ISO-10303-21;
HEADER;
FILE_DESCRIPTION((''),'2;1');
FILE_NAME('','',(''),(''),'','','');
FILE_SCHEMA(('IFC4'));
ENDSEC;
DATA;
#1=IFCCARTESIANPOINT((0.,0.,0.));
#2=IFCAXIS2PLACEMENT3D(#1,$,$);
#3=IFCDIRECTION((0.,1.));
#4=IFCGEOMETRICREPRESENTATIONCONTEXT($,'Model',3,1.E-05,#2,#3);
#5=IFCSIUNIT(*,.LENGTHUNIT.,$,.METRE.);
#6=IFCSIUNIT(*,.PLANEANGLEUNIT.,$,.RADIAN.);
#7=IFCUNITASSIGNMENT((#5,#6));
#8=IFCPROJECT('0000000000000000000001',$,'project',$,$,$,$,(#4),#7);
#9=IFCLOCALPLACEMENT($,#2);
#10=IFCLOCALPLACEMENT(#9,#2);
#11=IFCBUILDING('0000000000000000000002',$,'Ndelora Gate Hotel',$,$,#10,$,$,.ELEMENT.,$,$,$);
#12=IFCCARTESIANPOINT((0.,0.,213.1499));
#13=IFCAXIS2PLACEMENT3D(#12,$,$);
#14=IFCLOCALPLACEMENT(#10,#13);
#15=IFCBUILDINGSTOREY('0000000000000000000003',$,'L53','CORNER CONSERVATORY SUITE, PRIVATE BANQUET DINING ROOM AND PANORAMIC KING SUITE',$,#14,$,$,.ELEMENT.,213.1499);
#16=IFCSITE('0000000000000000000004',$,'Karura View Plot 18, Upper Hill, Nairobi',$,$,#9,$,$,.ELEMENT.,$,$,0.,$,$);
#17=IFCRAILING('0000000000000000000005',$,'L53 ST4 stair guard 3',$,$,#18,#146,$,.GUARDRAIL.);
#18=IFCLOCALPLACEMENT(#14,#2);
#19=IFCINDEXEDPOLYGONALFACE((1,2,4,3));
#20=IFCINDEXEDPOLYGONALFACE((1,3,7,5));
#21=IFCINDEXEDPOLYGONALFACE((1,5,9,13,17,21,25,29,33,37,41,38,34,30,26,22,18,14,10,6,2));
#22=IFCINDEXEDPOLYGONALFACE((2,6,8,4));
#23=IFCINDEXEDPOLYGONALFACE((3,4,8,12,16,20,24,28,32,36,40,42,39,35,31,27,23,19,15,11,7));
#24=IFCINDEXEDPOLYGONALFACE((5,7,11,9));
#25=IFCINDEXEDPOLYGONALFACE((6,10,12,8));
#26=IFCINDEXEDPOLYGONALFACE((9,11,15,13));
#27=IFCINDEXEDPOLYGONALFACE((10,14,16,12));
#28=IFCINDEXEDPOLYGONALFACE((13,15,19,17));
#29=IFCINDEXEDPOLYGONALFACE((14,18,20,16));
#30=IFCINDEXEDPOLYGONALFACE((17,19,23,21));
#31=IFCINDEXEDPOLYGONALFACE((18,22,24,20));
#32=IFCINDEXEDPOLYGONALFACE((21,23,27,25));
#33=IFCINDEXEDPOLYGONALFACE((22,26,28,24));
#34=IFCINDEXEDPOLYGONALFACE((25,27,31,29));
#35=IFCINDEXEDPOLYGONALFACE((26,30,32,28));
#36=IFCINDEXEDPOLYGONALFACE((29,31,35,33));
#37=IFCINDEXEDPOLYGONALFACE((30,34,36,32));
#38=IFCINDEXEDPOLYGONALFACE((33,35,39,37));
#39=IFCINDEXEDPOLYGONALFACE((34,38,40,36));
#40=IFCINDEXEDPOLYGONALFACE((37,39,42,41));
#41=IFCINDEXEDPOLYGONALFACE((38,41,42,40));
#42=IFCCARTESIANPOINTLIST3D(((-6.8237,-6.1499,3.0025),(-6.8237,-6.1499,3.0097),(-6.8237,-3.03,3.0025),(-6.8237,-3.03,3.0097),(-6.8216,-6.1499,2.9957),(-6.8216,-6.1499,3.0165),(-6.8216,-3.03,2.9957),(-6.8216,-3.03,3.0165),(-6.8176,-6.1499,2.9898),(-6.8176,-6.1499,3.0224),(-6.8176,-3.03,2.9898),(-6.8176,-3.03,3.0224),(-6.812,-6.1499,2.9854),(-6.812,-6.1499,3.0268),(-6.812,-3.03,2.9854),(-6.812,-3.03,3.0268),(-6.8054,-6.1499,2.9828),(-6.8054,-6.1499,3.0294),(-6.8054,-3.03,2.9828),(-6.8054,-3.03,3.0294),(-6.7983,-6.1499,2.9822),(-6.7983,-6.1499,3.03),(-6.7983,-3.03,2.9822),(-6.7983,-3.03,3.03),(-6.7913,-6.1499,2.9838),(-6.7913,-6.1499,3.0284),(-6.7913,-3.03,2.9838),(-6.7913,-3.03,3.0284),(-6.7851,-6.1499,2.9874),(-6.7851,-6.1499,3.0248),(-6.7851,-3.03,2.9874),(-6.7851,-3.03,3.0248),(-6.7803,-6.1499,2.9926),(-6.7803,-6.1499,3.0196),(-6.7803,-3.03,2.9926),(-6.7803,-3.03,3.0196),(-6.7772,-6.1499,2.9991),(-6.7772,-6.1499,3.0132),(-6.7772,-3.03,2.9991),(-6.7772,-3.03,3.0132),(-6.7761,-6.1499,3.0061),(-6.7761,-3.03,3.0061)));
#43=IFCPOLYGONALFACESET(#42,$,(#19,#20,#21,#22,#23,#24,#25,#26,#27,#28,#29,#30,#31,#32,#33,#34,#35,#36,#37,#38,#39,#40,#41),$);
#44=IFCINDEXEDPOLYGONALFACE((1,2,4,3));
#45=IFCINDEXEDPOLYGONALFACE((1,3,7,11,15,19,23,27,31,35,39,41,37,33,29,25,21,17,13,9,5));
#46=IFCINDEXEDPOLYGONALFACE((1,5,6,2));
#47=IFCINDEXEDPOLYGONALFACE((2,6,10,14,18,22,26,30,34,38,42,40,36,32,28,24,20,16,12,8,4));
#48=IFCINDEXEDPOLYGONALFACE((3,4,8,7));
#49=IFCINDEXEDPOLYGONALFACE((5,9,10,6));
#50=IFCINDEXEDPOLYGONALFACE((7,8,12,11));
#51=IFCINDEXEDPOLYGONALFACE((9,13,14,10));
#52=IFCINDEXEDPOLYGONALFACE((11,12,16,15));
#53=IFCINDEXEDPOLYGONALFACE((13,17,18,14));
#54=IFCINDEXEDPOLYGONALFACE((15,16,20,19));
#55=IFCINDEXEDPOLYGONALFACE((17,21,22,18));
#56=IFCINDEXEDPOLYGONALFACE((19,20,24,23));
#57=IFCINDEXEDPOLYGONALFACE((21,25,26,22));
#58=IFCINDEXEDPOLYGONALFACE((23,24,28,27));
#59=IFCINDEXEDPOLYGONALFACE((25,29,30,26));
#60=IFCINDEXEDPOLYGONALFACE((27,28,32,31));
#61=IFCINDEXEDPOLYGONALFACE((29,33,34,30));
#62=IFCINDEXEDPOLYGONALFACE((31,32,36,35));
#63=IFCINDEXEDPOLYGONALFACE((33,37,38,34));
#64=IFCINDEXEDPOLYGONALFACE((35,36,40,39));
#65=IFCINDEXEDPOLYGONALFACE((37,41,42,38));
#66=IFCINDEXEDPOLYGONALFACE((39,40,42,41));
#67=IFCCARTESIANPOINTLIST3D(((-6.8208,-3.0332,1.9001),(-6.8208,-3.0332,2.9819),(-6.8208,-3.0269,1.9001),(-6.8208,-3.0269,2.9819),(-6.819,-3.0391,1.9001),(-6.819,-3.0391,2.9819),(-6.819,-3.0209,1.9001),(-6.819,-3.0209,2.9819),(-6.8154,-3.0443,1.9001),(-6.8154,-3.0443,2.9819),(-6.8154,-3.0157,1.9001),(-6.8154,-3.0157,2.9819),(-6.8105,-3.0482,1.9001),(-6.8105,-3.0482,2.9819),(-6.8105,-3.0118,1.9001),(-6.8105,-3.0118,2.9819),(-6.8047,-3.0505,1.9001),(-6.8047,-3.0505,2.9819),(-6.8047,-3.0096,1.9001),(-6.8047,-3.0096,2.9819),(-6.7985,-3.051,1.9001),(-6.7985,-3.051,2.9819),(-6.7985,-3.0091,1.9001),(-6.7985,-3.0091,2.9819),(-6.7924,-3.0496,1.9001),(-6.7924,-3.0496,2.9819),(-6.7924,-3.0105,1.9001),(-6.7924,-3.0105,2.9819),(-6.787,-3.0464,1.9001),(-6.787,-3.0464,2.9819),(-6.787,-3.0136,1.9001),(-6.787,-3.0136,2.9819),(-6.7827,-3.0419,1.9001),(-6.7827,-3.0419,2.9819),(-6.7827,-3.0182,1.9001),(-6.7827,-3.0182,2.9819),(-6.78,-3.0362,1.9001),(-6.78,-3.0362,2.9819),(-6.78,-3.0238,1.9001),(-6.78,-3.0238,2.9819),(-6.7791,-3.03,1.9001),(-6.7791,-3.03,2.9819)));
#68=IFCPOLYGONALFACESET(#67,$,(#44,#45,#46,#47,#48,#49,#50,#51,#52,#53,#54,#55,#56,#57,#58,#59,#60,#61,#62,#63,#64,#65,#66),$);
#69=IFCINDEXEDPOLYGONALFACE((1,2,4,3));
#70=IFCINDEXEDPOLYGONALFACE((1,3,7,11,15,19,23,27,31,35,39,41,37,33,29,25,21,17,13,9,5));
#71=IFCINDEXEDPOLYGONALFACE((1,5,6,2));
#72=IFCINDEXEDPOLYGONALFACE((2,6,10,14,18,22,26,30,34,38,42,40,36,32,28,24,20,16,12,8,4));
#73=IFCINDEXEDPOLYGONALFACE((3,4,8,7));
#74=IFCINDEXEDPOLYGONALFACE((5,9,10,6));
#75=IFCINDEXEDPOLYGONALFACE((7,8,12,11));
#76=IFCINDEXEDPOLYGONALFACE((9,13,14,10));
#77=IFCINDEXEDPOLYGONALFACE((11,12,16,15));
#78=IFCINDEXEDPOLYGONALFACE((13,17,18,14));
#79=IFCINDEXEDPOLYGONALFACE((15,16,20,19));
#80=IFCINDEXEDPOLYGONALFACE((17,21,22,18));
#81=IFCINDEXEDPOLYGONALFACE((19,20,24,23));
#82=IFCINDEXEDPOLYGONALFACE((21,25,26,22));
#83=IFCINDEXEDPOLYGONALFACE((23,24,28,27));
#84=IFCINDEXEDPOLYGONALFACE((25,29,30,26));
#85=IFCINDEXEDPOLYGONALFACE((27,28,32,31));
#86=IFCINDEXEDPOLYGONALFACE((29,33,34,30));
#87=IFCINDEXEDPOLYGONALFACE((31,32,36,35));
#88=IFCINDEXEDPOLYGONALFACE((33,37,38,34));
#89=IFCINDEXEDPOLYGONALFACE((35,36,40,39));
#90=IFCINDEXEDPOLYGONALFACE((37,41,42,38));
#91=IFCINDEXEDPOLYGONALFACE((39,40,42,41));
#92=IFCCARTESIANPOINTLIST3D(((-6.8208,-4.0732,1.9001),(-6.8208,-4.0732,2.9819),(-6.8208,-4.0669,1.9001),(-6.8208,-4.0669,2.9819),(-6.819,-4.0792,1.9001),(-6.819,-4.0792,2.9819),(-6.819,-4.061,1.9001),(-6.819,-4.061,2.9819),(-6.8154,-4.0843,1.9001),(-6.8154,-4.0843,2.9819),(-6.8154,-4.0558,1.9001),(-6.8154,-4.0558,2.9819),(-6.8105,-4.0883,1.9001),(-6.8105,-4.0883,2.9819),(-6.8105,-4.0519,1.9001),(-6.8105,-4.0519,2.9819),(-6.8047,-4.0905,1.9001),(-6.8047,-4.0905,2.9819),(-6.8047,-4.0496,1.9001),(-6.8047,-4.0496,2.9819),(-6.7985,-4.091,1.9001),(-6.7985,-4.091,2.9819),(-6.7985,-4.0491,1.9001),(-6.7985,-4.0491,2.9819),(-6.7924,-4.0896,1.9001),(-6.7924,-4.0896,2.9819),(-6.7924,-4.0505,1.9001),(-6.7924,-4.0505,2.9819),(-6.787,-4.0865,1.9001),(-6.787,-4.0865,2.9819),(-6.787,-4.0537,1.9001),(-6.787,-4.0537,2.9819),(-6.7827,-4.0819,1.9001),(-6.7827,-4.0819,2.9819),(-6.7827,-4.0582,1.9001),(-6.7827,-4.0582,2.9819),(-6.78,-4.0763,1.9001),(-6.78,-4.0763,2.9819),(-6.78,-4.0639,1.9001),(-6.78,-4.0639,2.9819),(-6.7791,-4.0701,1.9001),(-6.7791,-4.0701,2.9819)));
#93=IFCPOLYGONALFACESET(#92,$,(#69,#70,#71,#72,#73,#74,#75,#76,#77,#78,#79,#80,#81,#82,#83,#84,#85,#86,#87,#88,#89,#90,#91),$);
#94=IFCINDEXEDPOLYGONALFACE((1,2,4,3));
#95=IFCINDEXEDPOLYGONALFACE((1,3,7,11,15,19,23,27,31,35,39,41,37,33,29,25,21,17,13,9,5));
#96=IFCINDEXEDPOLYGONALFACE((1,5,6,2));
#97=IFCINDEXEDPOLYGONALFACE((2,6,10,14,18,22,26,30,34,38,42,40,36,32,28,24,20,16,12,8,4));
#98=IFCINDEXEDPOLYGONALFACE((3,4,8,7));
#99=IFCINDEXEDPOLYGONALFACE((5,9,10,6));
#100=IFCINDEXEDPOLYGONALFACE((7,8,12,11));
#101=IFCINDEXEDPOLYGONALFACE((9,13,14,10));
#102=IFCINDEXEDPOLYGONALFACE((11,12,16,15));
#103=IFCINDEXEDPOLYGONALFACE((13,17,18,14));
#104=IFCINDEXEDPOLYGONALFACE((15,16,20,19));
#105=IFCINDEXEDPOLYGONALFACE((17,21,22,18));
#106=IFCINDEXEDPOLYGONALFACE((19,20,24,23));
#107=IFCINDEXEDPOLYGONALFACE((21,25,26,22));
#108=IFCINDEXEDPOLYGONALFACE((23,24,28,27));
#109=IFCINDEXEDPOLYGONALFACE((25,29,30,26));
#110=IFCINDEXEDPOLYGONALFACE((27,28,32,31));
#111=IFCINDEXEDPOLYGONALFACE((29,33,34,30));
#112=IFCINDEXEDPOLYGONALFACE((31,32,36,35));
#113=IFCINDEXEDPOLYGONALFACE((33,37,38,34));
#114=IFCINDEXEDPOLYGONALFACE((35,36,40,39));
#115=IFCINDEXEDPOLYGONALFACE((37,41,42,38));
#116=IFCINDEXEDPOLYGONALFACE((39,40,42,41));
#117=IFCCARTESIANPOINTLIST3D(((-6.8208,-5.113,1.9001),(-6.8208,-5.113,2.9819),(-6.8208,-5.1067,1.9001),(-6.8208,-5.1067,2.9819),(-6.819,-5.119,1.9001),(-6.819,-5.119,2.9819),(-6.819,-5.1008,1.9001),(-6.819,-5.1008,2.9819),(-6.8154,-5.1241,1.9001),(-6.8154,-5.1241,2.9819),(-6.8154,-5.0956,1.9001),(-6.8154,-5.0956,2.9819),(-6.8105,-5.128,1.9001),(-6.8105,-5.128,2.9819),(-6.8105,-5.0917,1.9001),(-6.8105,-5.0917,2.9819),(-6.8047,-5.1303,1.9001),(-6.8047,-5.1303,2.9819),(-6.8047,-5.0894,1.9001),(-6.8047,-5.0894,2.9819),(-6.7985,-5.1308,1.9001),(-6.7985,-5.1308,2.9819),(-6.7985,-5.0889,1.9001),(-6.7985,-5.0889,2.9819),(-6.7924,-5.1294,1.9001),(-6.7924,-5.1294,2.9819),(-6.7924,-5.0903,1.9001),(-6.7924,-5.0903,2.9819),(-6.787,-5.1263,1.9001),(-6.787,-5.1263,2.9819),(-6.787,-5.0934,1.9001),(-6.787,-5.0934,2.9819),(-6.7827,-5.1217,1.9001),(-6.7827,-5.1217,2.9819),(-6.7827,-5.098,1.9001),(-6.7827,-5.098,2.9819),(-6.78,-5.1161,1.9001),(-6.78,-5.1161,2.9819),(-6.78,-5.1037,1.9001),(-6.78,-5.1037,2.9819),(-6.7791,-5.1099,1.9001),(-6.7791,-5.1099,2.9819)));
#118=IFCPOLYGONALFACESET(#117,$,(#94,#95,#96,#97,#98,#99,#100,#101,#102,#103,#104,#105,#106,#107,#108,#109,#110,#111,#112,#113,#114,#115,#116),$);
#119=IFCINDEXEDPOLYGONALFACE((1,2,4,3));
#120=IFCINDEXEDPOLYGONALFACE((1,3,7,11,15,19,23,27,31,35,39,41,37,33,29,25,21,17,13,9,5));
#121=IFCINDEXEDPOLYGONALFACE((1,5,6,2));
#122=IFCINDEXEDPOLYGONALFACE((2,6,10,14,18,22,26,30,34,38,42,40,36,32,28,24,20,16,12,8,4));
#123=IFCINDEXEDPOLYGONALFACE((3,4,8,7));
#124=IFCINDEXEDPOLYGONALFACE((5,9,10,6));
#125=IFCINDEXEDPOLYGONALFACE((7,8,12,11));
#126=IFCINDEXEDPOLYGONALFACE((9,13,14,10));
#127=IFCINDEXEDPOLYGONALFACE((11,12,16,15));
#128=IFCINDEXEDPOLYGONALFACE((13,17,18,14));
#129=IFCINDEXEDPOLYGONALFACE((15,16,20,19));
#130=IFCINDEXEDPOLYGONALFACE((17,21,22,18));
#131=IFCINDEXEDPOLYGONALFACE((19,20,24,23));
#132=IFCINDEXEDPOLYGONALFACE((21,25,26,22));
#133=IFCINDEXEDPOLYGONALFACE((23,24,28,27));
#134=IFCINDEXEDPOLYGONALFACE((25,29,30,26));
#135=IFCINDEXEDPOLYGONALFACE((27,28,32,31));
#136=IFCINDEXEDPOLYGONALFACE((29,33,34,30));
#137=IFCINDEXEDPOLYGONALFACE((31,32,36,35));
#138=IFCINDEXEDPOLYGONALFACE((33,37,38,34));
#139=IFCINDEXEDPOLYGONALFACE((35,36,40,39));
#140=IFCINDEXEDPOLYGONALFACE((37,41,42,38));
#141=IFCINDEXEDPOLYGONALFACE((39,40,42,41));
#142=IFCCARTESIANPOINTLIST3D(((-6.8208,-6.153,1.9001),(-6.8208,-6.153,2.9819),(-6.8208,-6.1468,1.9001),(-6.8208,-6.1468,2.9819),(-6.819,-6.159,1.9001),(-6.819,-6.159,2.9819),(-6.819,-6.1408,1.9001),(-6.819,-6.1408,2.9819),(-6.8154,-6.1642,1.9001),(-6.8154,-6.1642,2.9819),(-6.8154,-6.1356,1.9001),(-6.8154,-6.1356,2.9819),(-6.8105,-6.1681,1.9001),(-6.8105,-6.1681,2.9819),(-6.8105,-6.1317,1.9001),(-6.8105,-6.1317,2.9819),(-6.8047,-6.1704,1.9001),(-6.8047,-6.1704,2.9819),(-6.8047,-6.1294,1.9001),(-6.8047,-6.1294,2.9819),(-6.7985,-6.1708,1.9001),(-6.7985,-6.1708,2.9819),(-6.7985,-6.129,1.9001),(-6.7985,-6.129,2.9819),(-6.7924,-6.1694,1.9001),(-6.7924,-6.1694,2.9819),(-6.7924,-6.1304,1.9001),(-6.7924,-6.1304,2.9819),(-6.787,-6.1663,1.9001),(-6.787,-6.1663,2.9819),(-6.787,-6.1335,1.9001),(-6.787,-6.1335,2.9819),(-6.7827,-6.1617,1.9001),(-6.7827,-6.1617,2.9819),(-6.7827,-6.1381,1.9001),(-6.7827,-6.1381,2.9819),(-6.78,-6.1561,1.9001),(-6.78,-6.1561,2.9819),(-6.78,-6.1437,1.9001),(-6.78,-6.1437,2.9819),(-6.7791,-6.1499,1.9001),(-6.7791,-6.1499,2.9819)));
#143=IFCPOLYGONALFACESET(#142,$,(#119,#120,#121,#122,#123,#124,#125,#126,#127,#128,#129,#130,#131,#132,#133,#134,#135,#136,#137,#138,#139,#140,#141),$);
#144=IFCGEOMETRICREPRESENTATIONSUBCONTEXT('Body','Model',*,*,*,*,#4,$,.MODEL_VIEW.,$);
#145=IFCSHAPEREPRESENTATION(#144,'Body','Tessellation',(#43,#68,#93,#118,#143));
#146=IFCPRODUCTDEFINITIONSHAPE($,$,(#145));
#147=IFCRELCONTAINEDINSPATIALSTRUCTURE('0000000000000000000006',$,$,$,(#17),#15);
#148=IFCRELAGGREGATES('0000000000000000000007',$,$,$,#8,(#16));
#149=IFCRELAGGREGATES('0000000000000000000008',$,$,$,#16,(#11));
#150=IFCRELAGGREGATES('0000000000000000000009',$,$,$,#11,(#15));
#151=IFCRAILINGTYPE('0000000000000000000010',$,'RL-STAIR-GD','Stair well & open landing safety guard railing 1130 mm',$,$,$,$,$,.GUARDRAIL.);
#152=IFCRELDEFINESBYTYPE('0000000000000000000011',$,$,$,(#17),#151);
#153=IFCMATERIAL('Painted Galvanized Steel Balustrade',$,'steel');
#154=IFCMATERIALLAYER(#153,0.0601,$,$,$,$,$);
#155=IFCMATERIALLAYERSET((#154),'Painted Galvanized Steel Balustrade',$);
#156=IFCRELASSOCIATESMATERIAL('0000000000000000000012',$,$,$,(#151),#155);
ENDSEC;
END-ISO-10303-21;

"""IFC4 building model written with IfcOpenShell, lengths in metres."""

from ifc_helpers import new_model, si_unit, direction, frame, origin, origin_2d, place, context, subcontext, project, spatial, circle, extrude, material, layer, layer_set, type_object, element, save


model = new_model("IFC4")

# Units and contexts
model_context = context("Model", 3, precision=1e-05, world=origin(), true_north=direction((0.0, 1.0)))
body_context = subcontext(model_context, "Body", "Model", "MODEL_VIEW")
ifc_project = project(units=[si_unit("LENGTHUNIT", "METRE"), si_unit("PLANEANGLEUNIT", "RADIAN")], contexts=[model_context])

# Site, building, storey
site_placement = place(None, origin())
site = spatial("IfcSite", under=ifc_project, at=site_placement, Name="Karura View Plot 18, Upper Hill, Nairobi", CompositionType="ELEMENT", RefElevation=0.0)
building_placement = place(site_placement, origin())
building = spatial("IfcBuilding", under=site, at=building_placement, Name="Ndelora Gate Hotel", CompositionType="ELEMENT")
storey_placement = place(building_placement, frame((0.0, 0.0, 213.1499)))
storey = spatial("IfcBuildingStorey", under=building, at=storey_placement, Name="L53", Description="CORNER CONSERVATORY SUITE, PRIVATE BANQUET DINING ROOM AND PANORAMIC KING SUITE", CompositionType="ELEMENT", Elevation=213.1499)

# Railing
ifc_material_1 = material(Name="Painted Galvanized Steel Balustrade", Category="steel")
ifc_layer_1 = layer(ifc_material_1, 0.0601)
ifc_layer_set_1 = layer_set([ifc_layer_1], Name="Painted Galvanized Steel Balustrade")
railing_type_1 = type_object("IfcRailingType", Name="RL-STAIR-GD", Description="Stair well & open landing safety guard railing 1130 mm", PredefinedType="GUARDRAIL", material=ifc_layer_set_1)
for number, where, name in (
    (1, (-6.8, -3.03, 1.9001), "L53 ST4 stair guard 3"),
):
    element("IfcRailing", number, at=place(storey_placement, frame(where)), inside=storey, type_object=railing_type_1, Name=name, PredefinedType="GUARDRAIL", context=body_context, shape_type="SweptSolid", body=[
        extrude(circle(Radius=0.0239, at=origin_2d()), frame((0.0, 0.0, 1.106), z_axis=(0.0, -1.0, 0.0), x_axis=(1.0, 0.0, 0.0)), (0.0, 0.0, 1.0), 3.1199),
        extrude(circle(Radius=0.021, at=origin_2d()), origin(), (0.0, 0.0, 1.0), 1.0818),
        extrude(circle(Radius=0.021, at=origin_2d()), frame((0.0, -1.04, 0.0)), (0.0, 0.0, 1.0), 1.0818),
        extrude(circle(Radius=0.021, at=origin_2d()), frame((0.0, -2.0798, 0.0)), (0.0, 0.0, 1.0), 1.0818),
        extrude(circle(Radius=0.021, at=origin_2d()), frame((0.0, -3.1199, 0.0)), (0.0, 0.0, 1.0), 1.0818),
    ])

save(model, "model.ifc")
